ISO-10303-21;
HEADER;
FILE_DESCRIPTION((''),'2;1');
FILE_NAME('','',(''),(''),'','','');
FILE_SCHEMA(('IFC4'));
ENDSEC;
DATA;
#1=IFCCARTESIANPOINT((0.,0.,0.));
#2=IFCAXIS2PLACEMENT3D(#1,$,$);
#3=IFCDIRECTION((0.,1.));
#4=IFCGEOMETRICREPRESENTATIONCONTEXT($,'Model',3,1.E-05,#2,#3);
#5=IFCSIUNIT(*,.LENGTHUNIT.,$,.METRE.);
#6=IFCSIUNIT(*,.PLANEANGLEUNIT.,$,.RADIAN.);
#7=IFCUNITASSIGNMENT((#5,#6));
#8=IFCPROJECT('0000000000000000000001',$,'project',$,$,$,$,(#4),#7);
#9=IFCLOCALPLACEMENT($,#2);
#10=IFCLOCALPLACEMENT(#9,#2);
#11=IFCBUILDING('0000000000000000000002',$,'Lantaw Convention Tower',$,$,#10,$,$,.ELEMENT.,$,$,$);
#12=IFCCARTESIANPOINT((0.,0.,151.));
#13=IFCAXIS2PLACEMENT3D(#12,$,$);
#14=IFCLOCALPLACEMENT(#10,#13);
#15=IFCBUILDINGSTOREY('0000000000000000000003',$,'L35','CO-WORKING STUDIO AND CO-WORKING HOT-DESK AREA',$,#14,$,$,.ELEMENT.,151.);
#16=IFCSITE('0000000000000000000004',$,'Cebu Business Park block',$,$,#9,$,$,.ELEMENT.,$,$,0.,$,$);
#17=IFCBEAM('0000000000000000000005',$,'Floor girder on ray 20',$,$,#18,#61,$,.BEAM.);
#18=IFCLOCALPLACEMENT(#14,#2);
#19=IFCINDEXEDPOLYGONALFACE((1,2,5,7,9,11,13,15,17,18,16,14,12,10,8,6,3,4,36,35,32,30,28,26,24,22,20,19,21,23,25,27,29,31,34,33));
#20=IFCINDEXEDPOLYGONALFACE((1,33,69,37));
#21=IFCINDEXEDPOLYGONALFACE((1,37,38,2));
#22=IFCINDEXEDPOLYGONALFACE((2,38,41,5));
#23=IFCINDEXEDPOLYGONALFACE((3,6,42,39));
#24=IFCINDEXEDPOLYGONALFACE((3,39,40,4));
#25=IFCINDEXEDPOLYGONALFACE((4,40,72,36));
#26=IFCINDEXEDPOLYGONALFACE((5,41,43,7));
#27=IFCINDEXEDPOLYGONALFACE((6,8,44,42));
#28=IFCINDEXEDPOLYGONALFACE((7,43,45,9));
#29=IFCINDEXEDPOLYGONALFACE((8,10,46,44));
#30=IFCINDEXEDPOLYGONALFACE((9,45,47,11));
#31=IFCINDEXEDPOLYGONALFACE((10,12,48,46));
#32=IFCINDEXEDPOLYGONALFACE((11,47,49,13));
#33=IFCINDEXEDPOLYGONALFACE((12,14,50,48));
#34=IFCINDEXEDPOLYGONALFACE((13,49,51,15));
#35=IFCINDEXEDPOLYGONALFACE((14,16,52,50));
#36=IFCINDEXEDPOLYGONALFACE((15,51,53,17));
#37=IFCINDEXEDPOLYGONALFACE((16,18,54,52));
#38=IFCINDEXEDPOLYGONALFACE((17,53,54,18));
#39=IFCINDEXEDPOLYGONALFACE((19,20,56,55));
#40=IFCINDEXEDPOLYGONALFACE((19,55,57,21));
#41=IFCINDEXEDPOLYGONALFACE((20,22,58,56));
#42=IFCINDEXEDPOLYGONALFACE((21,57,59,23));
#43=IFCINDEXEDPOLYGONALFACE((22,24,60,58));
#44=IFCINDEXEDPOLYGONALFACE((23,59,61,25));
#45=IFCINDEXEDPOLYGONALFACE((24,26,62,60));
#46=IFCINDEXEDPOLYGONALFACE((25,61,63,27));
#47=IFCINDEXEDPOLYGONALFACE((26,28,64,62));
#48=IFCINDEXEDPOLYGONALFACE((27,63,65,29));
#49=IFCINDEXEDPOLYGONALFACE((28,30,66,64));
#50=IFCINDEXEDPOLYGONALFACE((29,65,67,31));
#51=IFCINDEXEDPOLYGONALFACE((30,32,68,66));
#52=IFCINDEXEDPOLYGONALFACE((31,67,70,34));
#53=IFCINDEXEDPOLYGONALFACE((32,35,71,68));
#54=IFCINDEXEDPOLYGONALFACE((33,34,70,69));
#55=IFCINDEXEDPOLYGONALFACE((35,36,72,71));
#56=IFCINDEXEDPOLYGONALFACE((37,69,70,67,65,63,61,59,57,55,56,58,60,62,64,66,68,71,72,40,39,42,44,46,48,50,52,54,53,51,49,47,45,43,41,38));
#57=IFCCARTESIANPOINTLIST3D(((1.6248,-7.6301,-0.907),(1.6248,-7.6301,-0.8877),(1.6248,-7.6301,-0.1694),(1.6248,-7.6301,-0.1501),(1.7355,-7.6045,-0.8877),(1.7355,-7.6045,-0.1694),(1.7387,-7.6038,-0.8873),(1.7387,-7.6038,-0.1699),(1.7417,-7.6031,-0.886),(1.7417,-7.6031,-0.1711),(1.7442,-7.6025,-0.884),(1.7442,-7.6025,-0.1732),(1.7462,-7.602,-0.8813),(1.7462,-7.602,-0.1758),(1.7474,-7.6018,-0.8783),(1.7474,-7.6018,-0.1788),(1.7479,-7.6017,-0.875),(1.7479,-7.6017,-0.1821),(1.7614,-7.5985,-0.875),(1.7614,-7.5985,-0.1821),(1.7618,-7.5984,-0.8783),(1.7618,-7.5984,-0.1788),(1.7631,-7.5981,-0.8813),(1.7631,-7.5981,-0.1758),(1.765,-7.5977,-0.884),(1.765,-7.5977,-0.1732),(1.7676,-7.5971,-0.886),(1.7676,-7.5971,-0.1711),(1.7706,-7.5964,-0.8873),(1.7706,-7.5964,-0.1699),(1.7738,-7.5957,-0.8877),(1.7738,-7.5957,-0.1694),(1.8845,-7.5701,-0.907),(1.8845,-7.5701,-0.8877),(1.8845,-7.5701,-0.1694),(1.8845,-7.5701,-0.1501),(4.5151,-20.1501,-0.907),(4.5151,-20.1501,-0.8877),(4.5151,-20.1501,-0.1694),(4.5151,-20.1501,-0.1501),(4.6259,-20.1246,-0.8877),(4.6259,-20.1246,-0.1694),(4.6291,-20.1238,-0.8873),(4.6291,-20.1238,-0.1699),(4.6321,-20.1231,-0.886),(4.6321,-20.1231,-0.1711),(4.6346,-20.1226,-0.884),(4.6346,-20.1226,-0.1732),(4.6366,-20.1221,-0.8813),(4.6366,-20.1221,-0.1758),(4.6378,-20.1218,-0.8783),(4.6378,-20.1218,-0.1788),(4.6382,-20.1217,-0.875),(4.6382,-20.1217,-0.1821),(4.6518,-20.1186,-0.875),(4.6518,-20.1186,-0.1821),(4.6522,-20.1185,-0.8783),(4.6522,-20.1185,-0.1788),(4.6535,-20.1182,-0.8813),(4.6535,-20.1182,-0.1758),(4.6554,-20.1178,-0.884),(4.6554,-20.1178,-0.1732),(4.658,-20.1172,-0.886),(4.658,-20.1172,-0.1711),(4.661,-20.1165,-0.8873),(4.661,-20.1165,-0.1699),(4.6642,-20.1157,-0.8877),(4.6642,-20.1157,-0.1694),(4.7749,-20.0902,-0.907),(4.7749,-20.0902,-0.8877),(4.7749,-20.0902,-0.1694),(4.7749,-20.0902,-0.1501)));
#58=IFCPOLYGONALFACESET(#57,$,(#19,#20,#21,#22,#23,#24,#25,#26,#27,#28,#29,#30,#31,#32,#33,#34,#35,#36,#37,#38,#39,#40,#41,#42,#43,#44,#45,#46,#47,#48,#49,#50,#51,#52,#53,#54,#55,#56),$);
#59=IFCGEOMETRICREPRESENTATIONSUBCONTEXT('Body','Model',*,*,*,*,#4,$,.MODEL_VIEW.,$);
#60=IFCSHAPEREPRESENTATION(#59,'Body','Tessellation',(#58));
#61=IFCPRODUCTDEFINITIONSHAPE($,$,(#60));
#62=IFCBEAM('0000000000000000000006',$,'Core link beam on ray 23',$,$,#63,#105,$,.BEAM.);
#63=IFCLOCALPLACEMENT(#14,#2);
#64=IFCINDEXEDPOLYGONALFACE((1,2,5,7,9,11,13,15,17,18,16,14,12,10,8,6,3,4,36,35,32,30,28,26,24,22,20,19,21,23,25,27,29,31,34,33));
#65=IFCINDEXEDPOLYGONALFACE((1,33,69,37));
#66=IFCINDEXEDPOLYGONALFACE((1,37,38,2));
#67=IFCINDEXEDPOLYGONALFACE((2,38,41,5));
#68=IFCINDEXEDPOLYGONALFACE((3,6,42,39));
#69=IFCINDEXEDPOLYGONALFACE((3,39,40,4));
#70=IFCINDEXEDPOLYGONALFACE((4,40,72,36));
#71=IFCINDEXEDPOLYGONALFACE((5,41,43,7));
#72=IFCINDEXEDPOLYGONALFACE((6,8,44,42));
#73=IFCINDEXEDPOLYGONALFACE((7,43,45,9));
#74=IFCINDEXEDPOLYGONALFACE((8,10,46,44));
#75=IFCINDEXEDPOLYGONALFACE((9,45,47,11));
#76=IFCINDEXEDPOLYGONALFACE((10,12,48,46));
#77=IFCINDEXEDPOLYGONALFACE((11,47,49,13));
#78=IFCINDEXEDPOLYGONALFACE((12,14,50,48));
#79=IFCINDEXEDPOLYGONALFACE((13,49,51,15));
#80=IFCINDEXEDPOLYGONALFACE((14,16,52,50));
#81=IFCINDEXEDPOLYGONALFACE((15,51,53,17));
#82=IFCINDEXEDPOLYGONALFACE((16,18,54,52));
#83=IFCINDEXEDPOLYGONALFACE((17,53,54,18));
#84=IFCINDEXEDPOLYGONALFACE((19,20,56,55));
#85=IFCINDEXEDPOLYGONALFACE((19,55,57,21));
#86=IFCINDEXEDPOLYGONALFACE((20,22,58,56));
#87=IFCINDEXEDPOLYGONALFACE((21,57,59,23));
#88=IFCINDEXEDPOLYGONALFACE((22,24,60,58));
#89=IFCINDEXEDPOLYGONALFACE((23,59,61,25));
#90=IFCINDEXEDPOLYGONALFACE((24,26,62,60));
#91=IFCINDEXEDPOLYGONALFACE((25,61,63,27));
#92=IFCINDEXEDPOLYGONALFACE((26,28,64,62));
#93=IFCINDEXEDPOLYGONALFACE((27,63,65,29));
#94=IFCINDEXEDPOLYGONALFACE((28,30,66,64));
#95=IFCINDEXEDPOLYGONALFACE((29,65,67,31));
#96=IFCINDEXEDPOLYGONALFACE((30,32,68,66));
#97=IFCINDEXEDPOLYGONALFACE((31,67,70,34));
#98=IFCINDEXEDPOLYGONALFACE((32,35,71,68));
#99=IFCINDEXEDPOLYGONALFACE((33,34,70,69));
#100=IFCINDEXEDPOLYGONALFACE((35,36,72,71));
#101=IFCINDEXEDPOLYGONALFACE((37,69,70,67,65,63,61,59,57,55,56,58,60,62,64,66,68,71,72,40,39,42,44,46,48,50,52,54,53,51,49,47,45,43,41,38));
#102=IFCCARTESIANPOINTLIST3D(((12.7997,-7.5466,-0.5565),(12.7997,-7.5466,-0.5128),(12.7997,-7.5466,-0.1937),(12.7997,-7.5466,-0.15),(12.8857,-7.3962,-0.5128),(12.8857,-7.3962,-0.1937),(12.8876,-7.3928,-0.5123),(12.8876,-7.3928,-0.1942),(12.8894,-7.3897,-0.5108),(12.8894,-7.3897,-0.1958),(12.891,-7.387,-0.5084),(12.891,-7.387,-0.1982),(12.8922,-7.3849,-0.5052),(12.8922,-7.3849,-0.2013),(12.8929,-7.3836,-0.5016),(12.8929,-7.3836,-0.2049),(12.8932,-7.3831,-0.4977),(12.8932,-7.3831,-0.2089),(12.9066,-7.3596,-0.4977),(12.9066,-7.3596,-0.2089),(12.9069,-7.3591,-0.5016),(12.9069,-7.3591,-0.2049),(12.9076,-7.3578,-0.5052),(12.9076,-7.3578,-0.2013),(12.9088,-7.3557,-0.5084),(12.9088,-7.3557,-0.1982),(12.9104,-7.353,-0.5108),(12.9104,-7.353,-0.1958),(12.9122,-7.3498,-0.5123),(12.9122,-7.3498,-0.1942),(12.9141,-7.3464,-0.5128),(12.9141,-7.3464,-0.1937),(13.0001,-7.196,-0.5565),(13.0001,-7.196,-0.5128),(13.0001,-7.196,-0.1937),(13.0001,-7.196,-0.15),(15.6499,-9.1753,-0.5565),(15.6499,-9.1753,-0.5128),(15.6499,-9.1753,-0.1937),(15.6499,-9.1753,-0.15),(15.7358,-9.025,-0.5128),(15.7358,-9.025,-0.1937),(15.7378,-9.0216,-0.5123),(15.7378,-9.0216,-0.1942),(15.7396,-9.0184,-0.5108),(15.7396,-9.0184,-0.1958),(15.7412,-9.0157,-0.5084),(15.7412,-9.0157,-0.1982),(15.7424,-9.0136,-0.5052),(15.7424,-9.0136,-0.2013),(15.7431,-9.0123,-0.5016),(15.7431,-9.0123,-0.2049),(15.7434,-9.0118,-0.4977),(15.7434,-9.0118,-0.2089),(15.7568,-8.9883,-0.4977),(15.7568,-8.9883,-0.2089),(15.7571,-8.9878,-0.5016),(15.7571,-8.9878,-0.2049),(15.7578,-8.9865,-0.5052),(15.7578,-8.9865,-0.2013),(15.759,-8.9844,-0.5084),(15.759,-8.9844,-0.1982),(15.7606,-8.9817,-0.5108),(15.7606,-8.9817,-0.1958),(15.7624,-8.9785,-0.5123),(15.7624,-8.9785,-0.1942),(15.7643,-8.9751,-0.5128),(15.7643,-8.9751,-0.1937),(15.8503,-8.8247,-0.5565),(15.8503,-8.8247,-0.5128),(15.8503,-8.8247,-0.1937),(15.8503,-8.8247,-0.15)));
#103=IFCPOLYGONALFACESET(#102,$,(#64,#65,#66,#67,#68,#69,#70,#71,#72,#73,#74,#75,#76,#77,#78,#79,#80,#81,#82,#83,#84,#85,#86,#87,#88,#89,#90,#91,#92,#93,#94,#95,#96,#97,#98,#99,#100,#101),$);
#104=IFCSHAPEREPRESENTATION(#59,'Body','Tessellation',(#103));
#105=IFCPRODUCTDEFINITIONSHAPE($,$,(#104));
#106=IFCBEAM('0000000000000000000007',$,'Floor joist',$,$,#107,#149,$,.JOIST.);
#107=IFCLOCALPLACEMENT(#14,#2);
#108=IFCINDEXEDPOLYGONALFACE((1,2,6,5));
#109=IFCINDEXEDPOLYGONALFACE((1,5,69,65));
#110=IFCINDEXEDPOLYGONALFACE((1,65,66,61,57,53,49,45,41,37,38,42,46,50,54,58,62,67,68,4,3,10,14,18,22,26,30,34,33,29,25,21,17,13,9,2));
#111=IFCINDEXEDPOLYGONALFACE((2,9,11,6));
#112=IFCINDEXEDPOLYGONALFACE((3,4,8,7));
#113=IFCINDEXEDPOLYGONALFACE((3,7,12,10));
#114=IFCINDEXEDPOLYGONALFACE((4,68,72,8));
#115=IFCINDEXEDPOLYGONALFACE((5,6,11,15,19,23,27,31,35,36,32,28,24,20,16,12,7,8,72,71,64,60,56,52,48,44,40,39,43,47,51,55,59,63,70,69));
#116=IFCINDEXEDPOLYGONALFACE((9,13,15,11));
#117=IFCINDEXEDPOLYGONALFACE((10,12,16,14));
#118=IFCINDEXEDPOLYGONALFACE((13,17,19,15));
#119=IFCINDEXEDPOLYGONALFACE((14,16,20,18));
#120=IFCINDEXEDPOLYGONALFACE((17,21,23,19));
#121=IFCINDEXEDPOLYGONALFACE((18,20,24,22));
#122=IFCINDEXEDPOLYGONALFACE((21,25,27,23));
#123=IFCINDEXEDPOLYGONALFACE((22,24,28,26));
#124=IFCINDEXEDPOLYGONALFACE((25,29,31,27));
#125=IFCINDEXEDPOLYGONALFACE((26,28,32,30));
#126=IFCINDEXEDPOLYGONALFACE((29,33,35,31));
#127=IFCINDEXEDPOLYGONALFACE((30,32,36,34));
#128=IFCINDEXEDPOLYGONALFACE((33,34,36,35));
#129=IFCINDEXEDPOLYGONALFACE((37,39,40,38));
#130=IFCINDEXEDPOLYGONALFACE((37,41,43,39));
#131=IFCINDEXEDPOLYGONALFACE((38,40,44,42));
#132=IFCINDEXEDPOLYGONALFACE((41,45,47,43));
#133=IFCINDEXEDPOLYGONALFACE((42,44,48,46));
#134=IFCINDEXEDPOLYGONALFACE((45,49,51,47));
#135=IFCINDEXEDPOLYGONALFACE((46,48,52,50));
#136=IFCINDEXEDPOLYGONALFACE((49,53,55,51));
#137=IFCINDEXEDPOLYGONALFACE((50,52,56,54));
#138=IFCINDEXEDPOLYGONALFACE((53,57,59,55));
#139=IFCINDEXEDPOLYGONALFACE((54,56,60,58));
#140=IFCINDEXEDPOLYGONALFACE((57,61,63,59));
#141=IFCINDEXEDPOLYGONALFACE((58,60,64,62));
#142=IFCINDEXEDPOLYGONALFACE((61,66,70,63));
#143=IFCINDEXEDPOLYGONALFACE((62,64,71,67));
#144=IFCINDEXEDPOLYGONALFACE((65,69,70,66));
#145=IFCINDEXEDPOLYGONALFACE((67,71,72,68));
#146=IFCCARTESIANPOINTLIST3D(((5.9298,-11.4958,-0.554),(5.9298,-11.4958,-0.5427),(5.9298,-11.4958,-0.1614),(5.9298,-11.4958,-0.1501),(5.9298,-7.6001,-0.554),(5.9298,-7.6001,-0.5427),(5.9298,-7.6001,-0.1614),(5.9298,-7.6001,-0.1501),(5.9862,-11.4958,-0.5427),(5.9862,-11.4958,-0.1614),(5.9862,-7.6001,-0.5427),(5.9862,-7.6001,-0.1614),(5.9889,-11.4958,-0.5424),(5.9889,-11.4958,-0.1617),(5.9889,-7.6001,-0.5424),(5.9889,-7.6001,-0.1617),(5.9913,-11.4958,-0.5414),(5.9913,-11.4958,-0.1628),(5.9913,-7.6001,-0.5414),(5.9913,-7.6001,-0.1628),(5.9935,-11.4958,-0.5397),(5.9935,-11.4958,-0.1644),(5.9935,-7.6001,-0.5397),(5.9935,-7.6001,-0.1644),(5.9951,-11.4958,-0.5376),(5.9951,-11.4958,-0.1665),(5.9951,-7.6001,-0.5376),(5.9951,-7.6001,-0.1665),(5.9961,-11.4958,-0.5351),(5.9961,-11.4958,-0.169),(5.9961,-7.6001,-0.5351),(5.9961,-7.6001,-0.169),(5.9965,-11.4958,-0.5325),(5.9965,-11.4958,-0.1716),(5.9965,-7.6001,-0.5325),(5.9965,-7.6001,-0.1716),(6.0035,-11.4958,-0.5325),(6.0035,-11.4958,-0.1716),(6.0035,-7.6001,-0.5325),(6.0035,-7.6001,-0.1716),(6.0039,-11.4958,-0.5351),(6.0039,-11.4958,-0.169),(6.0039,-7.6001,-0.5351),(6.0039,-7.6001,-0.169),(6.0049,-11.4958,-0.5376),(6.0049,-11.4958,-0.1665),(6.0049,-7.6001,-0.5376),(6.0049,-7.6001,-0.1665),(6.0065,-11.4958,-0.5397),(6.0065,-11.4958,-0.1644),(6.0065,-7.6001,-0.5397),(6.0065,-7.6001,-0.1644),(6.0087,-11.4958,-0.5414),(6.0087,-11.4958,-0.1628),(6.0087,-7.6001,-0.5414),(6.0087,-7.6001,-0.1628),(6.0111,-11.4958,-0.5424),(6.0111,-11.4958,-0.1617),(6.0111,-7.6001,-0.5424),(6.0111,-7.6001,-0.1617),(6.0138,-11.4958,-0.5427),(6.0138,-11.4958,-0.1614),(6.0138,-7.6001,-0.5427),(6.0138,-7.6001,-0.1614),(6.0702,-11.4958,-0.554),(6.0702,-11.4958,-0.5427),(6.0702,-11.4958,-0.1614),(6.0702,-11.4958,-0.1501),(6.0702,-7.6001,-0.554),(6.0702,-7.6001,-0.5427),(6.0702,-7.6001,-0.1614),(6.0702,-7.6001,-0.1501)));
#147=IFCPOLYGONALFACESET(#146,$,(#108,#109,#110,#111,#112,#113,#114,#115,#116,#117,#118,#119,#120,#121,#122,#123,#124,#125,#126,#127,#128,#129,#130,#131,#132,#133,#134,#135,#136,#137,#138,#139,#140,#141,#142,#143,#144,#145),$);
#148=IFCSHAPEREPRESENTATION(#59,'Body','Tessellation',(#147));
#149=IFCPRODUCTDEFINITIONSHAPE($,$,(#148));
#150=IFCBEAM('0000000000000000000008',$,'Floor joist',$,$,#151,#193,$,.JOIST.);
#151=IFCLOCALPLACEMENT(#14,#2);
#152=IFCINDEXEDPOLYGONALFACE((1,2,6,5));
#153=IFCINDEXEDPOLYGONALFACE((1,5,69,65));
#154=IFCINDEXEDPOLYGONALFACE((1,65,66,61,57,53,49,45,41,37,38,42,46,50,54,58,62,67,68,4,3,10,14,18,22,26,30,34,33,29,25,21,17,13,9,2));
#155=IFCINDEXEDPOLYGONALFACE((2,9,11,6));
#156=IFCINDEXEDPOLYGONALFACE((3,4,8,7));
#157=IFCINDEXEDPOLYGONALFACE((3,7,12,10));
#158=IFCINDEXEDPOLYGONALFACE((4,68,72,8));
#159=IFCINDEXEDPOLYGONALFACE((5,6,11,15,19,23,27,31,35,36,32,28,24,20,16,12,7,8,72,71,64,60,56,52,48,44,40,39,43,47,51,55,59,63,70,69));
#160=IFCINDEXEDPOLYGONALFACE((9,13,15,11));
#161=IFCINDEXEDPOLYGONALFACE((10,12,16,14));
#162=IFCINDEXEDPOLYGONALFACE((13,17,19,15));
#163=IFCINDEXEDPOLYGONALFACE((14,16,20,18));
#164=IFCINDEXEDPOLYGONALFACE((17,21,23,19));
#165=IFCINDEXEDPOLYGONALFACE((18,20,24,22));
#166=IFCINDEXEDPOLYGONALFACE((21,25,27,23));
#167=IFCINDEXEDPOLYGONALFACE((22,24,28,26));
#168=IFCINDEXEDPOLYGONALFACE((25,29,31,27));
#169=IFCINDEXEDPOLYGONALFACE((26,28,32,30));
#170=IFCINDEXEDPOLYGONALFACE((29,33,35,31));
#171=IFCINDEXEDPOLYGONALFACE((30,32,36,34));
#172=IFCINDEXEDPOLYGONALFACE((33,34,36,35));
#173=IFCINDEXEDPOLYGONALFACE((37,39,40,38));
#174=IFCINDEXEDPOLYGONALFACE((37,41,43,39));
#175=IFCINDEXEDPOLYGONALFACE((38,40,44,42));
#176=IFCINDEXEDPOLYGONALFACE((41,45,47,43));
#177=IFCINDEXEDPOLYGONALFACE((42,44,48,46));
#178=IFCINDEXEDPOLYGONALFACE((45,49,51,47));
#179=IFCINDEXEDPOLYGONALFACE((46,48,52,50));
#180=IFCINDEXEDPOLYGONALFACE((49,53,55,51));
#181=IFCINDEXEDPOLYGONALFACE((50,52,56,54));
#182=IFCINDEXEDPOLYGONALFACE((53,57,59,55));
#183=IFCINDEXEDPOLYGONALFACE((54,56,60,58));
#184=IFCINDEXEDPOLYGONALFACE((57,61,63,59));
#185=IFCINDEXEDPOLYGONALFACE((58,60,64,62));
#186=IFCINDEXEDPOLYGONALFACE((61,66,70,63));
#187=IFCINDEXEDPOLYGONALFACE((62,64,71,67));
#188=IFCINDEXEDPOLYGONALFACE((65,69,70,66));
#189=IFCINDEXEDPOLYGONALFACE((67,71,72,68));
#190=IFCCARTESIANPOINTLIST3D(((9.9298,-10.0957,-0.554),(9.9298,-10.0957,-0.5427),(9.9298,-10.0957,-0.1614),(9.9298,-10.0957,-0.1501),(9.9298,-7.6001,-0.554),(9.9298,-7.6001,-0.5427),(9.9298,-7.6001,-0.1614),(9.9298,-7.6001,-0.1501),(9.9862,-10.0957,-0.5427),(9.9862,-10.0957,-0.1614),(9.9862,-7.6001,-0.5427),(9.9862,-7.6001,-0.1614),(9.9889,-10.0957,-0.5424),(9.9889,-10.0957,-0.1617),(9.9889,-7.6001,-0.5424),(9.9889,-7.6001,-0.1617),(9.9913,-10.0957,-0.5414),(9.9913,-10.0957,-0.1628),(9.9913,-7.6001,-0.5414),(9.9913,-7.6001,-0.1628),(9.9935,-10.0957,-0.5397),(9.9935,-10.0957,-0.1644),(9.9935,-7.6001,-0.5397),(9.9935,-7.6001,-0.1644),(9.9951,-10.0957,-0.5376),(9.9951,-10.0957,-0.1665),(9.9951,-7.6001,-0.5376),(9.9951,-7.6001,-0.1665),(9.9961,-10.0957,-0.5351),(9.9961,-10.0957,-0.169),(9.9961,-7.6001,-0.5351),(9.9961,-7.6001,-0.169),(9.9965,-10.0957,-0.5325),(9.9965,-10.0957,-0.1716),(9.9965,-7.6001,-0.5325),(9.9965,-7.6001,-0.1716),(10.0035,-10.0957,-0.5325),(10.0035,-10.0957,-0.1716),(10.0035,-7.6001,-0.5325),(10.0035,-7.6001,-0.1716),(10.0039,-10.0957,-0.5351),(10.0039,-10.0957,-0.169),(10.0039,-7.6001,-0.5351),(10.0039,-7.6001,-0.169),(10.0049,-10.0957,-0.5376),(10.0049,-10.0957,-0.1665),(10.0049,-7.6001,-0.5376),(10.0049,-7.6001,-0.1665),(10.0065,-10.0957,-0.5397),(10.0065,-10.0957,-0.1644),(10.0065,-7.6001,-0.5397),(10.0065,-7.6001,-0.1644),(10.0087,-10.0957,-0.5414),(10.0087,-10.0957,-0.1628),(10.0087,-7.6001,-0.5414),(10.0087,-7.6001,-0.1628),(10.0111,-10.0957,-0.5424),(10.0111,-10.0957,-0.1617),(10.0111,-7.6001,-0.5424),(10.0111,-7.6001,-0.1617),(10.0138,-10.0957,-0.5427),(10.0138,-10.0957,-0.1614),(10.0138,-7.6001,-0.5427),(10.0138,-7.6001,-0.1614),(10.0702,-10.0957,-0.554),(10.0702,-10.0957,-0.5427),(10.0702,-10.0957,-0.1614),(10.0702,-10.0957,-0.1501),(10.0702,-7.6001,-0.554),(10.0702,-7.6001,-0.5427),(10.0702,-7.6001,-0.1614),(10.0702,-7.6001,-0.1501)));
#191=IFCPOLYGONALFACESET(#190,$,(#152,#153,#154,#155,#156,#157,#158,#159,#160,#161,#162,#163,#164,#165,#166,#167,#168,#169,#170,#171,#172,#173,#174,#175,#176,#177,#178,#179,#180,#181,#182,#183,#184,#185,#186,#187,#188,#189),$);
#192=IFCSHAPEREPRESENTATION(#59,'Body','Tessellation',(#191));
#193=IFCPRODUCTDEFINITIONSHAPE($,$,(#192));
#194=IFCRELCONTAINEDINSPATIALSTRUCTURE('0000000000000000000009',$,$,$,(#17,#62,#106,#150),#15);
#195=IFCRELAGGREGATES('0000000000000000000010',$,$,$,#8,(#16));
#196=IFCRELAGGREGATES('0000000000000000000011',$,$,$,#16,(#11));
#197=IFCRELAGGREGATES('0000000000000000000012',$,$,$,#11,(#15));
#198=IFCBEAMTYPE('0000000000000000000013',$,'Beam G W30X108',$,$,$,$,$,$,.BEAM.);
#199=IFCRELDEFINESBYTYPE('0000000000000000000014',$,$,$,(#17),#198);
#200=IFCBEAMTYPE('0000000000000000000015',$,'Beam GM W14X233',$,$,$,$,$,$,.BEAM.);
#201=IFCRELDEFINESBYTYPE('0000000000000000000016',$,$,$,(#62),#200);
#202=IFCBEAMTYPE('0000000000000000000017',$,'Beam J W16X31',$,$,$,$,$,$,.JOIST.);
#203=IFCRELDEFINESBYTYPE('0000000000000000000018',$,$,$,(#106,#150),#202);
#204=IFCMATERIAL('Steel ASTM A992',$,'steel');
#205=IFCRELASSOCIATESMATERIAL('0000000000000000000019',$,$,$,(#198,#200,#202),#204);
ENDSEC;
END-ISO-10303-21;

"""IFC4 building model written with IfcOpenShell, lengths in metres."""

from ifc_helpers import new_model, si_unit, direction, frame, origin, origin_2d, place, context, subcontext, project, spatial, i_section, extrude, material, material_profile, profile_set, type_object, element, save


model = new_model("IFC4")

# Units and contexts
model_context = context("Model", 3, precision=1e-05, world=origin(), true_north=direction((0.0, 1.0)))
body_context = subcontext(model_context, "Body", "Model", "MODEL_VIEW")
ifc_project = project(units=[si_unit("LENGTHUNIT", "METRE"), si_unit("PLANEANGLEUNIT", "RADIAN")], contexts=[model_context])

# Site, building, storey
site_placement = place(None, origin())
site = spatial("IfcSite", under=ifc_project, at=site_placement, Name="Cebu Business Park block", CompositionType="ELEMENT", RefElevation=0.0)
building_placement = place(site_placement, origin())
building = spatial("IfcBuilding", under=site, at=building_placement, Name="Lantaw Convention Tower", CompositionType="ELEMENT")
storey_placement = place(building_placement, frame((0.0, 0.0, 151.0)))
storey = spatial("IfcBuildingStorey", under=building, at=storey_placement, Name="L35", Description="CO-WORKING STUDIO AND CO-WORKING HOT-DESK AREA", CompositionType="ELEMENT", Elevation=151.0)

# Beams
ifc_material_1 = material(Name="Steel ASTM A992", Category="steel")
ifc_material_profile_1 = material_profile(ifc_material_1, i_section(OverallWidth=0.2666, OverallDepth=0.7568, WebThickness=0.0139, FlangeThickness=0.0193, FilletRadius=0.0127, at=origin_2d()), Name="W30X108")
ifc_profile_set_1 = profile_set([ifc_material_profile_1], Name="Steel ASTM A992")
beam_type_1 = type_object("IfcBeamType", Name="Beam G W30X108", PredefinedType="BEAM", material=ifc_profile_set_1)
beam_1_placement = place(storey_placement, frame((1.7546, -7.6001, -0.5286), z_axis=(0.224944, -0.974372, 0.0), x_axis=(0.974372, 0.224944, 0.0)))
element("IfcBeam", 1, at=beam_1_placement, inside=storey, type_object=beam_type_1, Name="Floor girder on ray 20", PredefinedType="BEAM", context=body_context, shape_type="SweptSolid", body=[
    extrude(i_section(OverallWidth=0.2666, OverallDepth=0.7568, WebThickness=0.0139, FlangeThickness=0.0193, FilletRadius=0.0127, at=origin_2d()), origin(), (0.0, 0.0, 1.0), 12.8494),
])
ifc_material_profile_2 = material_profile(ifc_material_1, i_section(OverallWidth=0.4038, OverallDepth=0.4065, WebThickness=0.0271, FlangeThickness=0.0437, FilletRadius=0.0151, at=origin_2d()), Name="W14X233")
ifc_profile_set_2 = profile_set([ifc_material_profile_2], Name="Steel ASTM A992")
beam_type_2 = type_object("IfcBeamType", Name="Beam GM W14X233", PredefinedType="BEAM", material=ifc_profile_set_2)
beam_2_placement = place(storey_placement, frame((12.8999, -7.3713, -0.3533), z_axis=(0.868239, -0.496147, 0.0), x_axis=(0.496147, 0.868239, 0.0)))
element("IfcBeam", 2, at=beam_2_placement, inside=storey, type_object=beam_type_2, Name="Core link beam on ray 23", PredefinedType="BEAM", context=body_context, shape_type="SweptSolid", body=[
    extrude(i_section(OverallWidth=0.4038, OverallDepth=0.4065, WebThickness=0.0271, FlangeThickness=0.0437, FilletRadius=0.0151, at=origin_2d()), origin(), (0.0, 0.0, 1.0), 3.2827),
])
ifc_material_profile_3 = material_profile(ifc_material_1, i_section(OverallWidth=0.1404, OverallDepth=0.4038, WebThickness=0.0071, FlangeThickness=0.0112, FilletRadius=0.0103, at=origin_2d()), Name="W16X31")
ifc_profile_set_3 = profile_set([ifc_material_profile_3], Name="Steel ASTM A992")
beam_type_3 = type_object("IfcBeamType", Name="Beam J W16X31", PredefinedType="JOIST", material=ifc_profile_set_3)
beam_3_placement = place(storey_placement, frame((6.0, -11.4958, -0.3521), z_axis=(0.0, 1.0, 0.0), x_axis=(-1.0, 0.0, 0.0)))
element("IfcBeam", 3, at=beam_3_placement, inside=storey, type_object=beam_type_3, Name="Floor joist", PredefinedType="JOIST", context=body_context, shape_type="SweptSolid", body=[
    extrude(i_section(OverallWidth=0.1404, OverallDepth=0.4038, WebThickness=0.0071, FlangeThickness=0.0112, FilletRadius=0.0103, at=origin_2d()), origin(), (0.0, 0.0, 1.0), 3.8958),
])
beam_4_placement = place(storey_placement, frame((10.0, -10.0957, -0.3521), z_axis=(0.0, 1.0, 0.0), x_axis=(-1.0, 0.0, 0.0)))
element("IfcBeam", 4, at=beam_4_placement, inside=storey, type_object=beam_type_3, Name="Floor joist", PredefinedType="JOIST", context=body_context, shape_type="SweptSolid", body=[
    extrude(i_section(OverallWidth=0.1404, OverallDepth=0.4038, WebThickness=0.0071, FlangeThickness=0.0112, FilletRadius=0.0103, at=origin_2d()), origin(), (0.0, 0.0, 1.0), 2.4956),
])

save(model, "model.ifc")
